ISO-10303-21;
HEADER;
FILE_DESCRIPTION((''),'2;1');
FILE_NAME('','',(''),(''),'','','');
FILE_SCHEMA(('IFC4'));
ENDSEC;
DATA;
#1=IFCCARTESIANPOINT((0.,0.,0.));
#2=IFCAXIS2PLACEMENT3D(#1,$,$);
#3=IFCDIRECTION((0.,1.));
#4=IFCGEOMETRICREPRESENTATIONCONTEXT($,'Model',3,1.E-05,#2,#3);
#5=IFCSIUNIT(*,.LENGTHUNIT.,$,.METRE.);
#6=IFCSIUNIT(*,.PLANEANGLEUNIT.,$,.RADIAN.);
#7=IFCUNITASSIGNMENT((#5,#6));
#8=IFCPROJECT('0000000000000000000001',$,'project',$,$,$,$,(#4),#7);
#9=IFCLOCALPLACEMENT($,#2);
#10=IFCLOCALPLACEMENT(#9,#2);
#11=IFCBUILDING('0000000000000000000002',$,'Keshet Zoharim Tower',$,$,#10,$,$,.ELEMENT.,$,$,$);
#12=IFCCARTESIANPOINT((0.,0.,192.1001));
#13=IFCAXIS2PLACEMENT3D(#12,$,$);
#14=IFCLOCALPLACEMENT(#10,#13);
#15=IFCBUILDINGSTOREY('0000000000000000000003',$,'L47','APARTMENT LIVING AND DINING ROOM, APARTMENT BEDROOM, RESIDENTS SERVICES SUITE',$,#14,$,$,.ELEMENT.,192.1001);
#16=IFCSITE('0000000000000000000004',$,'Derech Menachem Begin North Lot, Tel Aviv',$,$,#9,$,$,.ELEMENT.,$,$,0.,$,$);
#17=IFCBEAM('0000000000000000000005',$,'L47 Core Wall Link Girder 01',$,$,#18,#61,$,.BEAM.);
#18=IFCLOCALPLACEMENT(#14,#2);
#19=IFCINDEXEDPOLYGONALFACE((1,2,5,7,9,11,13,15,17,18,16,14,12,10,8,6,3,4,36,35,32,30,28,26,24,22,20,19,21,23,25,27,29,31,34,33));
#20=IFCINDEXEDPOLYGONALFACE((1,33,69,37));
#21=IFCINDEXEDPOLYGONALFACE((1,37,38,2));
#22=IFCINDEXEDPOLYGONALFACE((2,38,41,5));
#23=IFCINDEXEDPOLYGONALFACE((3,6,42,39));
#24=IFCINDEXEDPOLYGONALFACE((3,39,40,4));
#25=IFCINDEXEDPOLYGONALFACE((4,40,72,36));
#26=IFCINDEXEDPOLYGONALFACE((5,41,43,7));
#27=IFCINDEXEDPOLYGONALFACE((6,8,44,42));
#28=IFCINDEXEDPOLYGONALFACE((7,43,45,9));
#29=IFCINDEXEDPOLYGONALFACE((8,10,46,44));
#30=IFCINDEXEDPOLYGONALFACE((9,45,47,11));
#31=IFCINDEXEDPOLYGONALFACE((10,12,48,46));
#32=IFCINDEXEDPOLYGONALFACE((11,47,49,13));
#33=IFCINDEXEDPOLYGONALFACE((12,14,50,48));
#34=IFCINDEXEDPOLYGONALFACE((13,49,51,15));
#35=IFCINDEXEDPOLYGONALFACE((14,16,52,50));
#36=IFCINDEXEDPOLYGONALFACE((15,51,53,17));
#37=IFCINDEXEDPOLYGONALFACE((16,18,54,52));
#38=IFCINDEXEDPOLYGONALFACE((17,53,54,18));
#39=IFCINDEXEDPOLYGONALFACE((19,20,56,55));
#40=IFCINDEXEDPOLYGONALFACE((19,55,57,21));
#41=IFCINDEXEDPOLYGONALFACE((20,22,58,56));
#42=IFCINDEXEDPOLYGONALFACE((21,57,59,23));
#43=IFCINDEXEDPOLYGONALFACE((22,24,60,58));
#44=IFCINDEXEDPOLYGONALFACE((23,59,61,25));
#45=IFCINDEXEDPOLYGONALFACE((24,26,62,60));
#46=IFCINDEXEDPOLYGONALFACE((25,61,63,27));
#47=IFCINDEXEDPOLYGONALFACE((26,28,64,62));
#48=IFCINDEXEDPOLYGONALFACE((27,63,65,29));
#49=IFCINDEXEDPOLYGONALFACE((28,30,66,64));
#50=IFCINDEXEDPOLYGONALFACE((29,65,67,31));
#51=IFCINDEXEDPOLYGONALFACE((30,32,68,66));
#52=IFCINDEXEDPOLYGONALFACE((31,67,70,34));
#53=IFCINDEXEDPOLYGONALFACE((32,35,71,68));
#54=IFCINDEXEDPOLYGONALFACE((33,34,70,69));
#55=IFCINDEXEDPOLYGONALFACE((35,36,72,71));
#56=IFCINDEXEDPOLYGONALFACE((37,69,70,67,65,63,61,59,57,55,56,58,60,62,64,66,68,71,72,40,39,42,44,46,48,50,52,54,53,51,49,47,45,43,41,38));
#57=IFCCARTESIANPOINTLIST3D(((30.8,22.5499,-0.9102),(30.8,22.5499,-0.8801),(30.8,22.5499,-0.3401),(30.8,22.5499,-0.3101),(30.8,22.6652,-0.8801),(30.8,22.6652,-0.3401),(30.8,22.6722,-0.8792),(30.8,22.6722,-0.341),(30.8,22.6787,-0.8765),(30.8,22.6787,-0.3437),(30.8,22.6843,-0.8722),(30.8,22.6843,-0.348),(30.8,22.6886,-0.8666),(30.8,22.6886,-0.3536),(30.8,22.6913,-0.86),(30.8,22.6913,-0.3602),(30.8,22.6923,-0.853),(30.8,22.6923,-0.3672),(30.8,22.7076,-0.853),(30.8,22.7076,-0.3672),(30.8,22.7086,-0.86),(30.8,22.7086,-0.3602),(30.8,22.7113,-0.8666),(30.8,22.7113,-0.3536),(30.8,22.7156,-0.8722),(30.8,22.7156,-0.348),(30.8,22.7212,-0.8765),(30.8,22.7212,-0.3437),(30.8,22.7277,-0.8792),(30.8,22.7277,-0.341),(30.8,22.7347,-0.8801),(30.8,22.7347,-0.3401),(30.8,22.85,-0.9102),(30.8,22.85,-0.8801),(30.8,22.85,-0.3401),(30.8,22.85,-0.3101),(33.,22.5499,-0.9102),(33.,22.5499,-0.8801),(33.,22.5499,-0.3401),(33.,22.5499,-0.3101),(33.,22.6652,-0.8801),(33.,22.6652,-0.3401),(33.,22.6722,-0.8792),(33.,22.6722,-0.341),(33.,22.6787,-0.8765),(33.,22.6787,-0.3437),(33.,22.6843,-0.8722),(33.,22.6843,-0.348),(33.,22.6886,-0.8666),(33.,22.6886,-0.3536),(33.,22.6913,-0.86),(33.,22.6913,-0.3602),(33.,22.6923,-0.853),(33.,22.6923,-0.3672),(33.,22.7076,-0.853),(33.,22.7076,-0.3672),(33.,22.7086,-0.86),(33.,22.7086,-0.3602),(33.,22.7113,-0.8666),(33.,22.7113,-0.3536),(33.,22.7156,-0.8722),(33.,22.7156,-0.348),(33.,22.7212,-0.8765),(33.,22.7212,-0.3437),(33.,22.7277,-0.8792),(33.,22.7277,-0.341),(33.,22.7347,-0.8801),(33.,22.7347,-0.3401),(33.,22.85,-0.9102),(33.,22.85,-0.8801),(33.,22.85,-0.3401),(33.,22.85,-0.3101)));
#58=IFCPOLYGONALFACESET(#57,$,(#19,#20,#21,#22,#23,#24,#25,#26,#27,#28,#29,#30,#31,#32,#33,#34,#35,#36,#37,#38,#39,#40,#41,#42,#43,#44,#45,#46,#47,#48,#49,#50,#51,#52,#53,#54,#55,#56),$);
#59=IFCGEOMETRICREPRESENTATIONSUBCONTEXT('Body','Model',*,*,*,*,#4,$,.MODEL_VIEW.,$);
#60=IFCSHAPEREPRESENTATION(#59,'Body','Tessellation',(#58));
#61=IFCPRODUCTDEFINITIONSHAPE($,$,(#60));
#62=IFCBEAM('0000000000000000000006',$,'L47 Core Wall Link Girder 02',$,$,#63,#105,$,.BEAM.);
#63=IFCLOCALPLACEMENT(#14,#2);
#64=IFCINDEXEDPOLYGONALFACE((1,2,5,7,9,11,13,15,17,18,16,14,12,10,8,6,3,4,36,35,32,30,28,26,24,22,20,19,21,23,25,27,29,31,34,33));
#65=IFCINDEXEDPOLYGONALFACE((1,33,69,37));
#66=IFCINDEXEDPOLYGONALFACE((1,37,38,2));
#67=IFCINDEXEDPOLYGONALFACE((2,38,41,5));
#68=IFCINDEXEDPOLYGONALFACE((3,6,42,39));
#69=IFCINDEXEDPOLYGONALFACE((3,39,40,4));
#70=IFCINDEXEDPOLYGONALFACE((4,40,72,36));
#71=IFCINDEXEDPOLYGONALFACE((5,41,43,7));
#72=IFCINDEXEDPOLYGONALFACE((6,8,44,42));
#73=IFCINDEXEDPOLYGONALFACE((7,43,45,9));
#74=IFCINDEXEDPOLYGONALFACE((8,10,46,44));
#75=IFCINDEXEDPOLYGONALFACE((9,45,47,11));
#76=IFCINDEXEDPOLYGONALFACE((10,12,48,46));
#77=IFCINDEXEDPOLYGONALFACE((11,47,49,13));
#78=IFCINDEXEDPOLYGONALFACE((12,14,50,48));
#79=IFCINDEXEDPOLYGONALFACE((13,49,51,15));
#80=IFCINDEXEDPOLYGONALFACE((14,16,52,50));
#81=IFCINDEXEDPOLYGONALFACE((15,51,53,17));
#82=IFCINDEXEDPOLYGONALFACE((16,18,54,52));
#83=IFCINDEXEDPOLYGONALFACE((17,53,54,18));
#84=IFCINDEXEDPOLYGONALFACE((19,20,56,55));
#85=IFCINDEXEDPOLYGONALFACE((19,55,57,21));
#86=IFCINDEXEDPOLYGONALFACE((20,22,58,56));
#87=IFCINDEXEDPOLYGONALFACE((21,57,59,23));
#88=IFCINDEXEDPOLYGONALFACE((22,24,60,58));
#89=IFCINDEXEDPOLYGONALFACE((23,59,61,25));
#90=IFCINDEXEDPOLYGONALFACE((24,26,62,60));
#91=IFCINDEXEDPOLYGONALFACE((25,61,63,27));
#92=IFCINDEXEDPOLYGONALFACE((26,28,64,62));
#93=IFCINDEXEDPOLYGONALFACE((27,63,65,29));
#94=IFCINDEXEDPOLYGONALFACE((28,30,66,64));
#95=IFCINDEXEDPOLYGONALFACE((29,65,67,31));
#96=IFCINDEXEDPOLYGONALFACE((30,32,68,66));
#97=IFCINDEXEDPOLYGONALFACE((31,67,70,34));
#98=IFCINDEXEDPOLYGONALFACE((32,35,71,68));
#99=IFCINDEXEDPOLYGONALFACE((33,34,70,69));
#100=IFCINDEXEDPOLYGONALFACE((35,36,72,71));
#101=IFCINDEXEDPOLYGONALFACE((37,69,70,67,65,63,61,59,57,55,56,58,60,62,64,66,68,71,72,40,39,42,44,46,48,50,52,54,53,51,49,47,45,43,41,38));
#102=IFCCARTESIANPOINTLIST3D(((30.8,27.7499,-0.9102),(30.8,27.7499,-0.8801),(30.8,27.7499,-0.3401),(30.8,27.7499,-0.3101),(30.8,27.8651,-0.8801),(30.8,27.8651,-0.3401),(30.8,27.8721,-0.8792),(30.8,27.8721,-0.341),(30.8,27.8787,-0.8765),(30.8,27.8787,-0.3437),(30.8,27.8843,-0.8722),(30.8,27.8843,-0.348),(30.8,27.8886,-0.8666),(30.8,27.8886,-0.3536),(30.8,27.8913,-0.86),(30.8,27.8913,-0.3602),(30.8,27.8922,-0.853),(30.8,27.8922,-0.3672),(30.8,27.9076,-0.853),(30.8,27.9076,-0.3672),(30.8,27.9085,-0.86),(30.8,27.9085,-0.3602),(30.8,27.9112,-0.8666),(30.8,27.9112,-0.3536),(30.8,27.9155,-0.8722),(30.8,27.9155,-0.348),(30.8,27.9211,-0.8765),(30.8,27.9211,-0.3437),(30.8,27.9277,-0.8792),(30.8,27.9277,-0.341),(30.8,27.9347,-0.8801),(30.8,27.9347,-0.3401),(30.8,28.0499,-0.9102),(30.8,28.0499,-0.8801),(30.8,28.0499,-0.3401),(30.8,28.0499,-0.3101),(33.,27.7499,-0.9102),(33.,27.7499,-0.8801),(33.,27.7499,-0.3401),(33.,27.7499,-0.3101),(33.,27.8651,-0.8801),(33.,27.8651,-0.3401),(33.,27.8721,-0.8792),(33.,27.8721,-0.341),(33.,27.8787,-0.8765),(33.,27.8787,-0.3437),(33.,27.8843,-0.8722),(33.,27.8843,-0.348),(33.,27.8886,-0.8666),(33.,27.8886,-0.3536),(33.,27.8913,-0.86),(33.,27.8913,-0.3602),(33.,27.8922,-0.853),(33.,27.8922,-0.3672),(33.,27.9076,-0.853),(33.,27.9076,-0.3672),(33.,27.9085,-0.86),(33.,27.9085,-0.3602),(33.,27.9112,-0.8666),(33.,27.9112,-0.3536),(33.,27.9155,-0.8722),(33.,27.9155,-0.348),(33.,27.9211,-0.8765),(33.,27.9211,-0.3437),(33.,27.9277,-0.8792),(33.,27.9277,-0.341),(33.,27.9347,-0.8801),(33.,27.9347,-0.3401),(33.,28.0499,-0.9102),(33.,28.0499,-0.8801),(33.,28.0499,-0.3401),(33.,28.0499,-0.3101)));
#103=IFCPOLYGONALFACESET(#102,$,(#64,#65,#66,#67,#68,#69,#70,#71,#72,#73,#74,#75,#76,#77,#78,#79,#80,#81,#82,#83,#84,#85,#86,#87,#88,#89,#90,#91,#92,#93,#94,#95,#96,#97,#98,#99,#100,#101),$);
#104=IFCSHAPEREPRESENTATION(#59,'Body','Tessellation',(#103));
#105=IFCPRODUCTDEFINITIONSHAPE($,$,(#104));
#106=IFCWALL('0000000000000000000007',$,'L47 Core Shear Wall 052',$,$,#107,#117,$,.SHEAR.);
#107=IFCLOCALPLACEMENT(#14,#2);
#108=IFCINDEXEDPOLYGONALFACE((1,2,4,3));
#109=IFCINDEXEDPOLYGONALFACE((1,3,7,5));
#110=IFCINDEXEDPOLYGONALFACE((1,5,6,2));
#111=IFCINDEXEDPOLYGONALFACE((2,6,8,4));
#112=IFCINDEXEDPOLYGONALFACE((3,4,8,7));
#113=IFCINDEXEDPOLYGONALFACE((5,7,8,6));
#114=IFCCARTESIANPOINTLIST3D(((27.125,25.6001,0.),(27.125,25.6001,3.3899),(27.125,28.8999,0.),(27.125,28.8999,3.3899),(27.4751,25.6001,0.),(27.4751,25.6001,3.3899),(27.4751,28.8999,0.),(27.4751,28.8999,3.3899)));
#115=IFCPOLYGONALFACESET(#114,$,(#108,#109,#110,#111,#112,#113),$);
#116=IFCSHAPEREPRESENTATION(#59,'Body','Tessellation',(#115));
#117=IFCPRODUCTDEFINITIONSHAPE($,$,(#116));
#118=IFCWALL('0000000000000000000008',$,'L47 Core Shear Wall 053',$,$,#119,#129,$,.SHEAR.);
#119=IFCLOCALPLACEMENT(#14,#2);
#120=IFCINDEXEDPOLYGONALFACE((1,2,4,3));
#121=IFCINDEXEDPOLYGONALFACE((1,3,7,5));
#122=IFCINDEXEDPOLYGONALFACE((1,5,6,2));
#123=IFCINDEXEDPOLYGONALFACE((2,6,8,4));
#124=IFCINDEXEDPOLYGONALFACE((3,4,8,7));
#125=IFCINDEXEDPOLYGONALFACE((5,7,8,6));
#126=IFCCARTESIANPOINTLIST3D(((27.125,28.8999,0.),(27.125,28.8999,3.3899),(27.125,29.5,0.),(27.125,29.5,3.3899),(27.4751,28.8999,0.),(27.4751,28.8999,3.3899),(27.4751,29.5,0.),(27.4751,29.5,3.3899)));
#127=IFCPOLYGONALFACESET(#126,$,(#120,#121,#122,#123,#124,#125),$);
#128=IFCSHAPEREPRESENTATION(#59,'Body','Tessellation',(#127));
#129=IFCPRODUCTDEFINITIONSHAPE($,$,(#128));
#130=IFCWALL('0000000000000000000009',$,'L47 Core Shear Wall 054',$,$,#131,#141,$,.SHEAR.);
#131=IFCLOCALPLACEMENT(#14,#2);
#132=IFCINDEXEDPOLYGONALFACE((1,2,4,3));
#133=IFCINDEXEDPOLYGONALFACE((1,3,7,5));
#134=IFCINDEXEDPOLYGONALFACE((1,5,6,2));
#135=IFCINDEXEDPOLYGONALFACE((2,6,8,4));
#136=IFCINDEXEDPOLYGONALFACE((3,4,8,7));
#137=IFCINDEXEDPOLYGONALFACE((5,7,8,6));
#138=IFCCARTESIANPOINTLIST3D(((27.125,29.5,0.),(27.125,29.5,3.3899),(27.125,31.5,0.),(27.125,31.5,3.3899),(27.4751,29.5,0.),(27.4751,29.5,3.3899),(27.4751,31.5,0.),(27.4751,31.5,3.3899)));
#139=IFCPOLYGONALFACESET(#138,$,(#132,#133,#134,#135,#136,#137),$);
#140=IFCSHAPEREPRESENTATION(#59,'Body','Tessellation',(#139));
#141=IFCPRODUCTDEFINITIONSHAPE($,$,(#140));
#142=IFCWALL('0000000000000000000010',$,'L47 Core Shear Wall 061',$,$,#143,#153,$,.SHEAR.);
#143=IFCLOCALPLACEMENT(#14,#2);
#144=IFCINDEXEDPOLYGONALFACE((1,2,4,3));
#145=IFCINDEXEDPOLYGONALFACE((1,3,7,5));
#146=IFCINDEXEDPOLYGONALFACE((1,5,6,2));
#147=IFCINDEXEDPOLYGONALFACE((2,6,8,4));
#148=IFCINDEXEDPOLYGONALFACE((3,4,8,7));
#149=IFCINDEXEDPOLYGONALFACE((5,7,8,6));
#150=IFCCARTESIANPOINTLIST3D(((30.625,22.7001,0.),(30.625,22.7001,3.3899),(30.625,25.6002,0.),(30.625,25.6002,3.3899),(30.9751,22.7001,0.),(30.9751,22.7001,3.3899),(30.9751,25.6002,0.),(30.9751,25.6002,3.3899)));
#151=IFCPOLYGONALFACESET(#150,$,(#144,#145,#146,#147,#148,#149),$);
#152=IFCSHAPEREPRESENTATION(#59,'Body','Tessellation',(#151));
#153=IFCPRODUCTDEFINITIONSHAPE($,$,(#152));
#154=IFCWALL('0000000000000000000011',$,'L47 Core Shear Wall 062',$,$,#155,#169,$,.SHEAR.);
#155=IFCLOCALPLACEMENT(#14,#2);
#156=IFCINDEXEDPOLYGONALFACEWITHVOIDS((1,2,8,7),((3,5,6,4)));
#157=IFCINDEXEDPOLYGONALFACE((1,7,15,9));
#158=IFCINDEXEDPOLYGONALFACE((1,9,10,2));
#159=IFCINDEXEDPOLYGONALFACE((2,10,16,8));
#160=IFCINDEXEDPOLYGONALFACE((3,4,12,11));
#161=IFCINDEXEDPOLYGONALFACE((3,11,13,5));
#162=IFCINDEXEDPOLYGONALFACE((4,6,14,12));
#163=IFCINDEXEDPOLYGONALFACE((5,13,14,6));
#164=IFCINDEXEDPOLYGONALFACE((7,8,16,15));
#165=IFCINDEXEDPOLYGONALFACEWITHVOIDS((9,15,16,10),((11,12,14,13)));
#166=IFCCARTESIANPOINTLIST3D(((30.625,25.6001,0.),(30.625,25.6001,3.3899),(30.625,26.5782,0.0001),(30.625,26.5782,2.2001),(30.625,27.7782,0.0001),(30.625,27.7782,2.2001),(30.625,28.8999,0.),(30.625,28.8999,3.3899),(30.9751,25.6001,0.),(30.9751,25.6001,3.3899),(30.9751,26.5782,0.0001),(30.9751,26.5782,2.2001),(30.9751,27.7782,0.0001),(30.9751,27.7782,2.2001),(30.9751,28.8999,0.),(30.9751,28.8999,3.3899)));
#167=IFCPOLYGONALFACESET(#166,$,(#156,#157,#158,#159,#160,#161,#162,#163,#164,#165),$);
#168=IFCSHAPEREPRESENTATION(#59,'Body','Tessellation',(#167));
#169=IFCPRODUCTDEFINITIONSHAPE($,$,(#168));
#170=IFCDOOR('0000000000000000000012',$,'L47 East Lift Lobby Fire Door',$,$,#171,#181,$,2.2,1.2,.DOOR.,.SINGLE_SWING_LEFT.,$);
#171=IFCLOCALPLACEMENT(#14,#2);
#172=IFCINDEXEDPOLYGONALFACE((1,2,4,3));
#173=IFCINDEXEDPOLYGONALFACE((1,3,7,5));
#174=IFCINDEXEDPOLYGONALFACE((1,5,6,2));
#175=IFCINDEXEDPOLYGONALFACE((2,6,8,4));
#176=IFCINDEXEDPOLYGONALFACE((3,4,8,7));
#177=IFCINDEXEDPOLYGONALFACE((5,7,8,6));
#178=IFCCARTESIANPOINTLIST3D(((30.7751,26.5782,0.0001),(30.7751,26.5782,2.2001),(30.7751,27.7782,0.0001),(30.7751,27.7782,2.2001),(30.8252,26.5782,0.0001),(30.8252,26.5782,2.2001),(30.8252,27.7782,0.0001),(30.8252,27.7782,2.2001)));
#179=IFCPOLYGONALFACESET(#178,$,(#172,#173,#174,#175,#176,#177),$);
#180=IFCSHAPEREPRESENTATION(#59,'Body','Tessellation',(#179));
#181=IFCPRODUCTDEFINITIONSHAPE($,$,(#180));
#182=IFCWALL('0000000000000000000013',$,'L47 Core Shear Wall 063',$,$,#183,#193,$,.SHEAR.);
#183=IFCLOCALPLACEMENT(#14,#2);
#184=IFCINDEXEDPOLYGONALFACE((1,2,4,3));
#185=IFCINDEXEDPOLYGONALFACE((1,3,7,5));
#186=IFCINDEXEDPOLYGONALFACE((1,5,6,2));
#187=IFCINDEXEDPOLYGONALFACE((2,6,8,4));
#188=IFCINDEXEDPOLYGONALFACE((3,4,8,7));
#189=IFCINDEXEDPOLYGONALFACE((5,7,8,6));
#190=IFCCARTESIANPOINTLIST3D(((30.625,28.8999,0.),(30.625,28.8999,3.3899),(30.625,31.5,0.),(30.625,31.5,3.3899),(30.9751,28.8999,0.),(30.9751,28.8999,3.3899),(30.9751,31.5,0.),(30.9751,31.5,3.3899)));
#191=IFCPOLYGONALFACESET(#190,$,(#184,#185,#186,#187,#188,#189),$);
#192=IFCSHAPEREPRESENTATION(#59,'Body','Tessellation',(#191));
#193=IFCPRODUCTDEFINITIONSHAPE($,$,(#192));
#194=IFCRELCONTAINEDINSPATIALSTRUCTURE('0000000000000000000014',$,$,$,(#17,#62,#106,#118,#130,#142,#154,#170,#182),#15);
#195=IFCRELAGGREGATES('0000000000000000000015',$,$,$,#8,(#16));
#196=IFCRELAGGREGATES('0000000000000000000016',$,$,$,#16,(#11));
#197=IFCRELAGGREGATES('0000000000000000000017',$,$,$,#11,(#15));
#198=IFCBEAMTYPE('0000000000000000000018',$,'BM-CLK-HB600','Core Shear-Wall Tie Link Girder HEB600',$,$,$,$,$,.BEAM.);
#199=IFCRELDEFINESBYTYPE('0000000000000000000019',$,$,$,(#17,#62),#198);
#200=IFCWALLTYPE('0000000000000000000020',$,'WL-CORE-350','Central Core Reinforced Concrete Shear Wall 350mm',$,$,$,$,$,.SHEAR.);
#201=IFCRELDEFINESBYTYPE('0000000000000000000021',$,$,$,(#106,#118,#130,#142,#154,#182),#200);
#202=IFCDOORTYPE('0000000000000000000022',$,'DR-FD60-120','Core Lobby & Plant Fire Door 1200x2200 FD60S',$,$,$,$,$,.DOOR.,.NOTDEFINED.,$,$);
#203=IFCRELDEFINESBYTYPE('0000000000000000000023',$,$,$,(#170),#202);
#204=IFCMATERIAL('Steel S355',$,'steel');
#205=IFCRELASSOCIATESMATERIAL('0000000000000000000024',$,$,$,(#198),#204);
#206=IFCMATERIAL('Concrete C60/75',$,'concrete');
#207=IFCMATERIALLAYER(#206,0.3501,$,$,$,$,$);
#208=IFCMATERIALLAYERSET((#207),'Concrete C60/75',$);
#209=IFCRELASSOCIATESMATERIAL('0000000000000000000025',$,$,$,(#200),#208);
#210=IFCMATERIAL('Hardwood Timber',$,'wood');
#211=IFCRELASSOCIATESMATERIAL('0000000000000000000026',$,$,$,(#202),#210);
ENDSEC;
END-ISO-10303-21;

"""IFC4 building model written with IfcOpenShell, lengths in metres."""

from ifc_helpers import new_model, si_unit, direction, frame, frame_2d, origin, origin_2d, place, context, subcontext, project, spatial, rectangle, i_section, extrude, material, layer, layer_set, material_profile, profile_set, type_object, element, fill, save


model = new_model("IFC4")

# Units and contexts
model_context = context("Model", 3, precision=1e-05, world=origin(), true_north=direction((0.0, 1.0)))
body_context = subcontext(model_context, "Body", "Model", "MODEL_VIEW")
ifc_project = project(units=[si_unit("LENGTHUNIT", "METRE"), si_unit("PLANEANGLEUNIT", "RADIAN")], contexts=[model_context])

# Site, building, storey
site_placement = place(None, origin())
site = spatial("IfcSite", under=ifc_project, at=site_placement, Name="Derech Menachem Begin North Lot, Tel Aviv", CompositionType="ELEMENT", RefElevation=0.0)
building_placement = place(site_placement, origin())
building = spatial("IfcBuilding", under=site, at=building_placement, Name="Keshet Zoharim Tower", CompositionType="ELEMENT")
storey_placement = place(building_placement, frame((0.0, 0.0, 192.1001)))
storey = spatial("IfcBuildingStorey", under=building, at=storey_placement, Name="L47", Description="APARTMENT LIVING AND DINING ROOM, APARTMENT BEDROOM, RESIDENTS SERVICES SUITE", CompositionType="ELEMENT", Elevation=192.1001)

# Beams
ifc_material_1 = material(Name="Steel S355", Category="steel")
ifc_material_profile = material_profile(ifc_material_1, i_section(OverallWidth=0.3, OverallDepth=0.6001, WebThickness=0.0154, FlangeThickness=0.03, FilletRadius=0.0271, at=origin_2d()), Name="HEB600")
ifc_profile_set = profile_set([ifc_material_profile], Name="Steel S355")
beam_type = type_object("IfcBeamType", Name="BM-CLK-HB600", Description="Core Shear-Wall Tie Link Girder HEB600", PredefinedType="BEAM", material=ifc_profile_set)
for number, where, z_axis, x_axis, name in (
    (1, (30.8, 22.7, -0.6101), (1.0, 0.0, 0.0), (0.0, 1.0, 0.0), "L47 Core Wall Link Girder 01"),
    (2, (30.8, 27.8999, -0.6101), (1.0, 0.0, 0.0), (0.0, 1.0, 0.0), "L47 Core Wall Link Girder 02"),
):
    element("IfcBeam", number, at=place(storey_placement, frame(where, z_axis=z_axis, x_axis=x_axis)), inside=storey, type_object=beam_type, Name=name, PredefinedType="BEAM", context=body_context, shape_type="SweptSolid", body=[
        extrude(i_section(OverallWidth=0.3, OverallDepth=0.6001, WebThickness=0.0154, FlangeThickness=0.03, FilletRadius=0.0271, at=origin_2d()), origin(), (0.0, 0.0, 1.0), 2.2),
    ])

# Walls
ifc_material_2 = material(Name="Concrete C60/75", Category="concrete")
ifc_layer_1 = layer(ifc_material_2, 0.3501)
ifc_layer_set_1 = layer_set([ifc_layer_1], Name="Concrete C60/75")
wall_type_1 = type_object("IfcWallType", Name="WL-CORE-350", Description="Central Core Reinforced Concrete Shear Wall 350mm", PredefinedType="SHEAR", material=ifc_layer_set_1)
wall_1_placement = place(storey_placement, frame((27.3, 25.6001, 0.0), z_axis=(0.0, 0.0, 1.0), x_axis=(0.0, 1.0, 0.0)))
element("IfcWall", 3, at=wall_1_placement, inside=storey, type_object=wall_type_1, Name="L47 Core Shear Wall 052", PredefinedType="SHEAR", context=body_context, shape_type="SweptSolid", body=[
    extrude(rectangle(XDim=3.2998, YDim=0.3501, at=frame_2d((1.6499, 0.0))), origin(), (0.0, 0.0, 1.0), 3.3899),
])
wall_2_placement = place(storey_placement, frame((27.3, 28.8999, 0.0), z_axis=(0.0, 0.0, 1.0), x_axis=(0.0, 1.0, 0.0)))
element("IfcWall", 4, at=wall_2_placement, inside=storey, type_object=wall_type_1, Name="L47 Core Shear Wall 053", PredefinedType="SHEAR", context=body_context, shape_type="SweptSolid", body=[
    extrude(rectangle(XDim=0.6001, YDim=0.3501, at=frame_2d((0.3, 0.0))), origin(), (0.0, 0.0, 1.0), 3.3899),
])
wall_3_placement = place(storey_placement, frame((27.3, 29.5, 0.0), z_axis=(0.0, 0.0, 1.0), x_axis=(0.0, 1.0, 0.0)))
element("IfcWall", 5, at=wall_3_placement, inside=storey, type_object=wall_type_1, Name="L47 Core Shear Wall 054", PredefinedType="SHEAR", context=body_context, shape_type="SweptSolid", body=[
    extrude(rectangle(XDim=2.0, YDim=0.3501, at=frame_2d((1.0, 0.0))), origin(), (0.0, 0.0, 1.0), 3.3899),
])
wall_4_placement = place(storey_placement, frame((30.8, 22.7, 0.0), z_axis=(0.0, 0.0, 1.0), x_axis=(0.0, 1.0, 0.0)))
element("IfcWall", 6, at=wall_4_placement, inside=storey, type_object=wall_type_1, Name="L47 Core Shear Wall 061", PredefinedType="SHEAR", context=body_context, shape_type="SweptSolid", body=[
    extrude(rectangle(XDim=2.9001, YDim=0.3501, at=frame_2d((1.4502, 0.0))), origin(), (0.0, 0.0, 1.0), 3.3899),
])

# Wall, opening, door
wall_5_placement = place(storey_placement, frame((30.8, 25.6001, 0.0), z_axis=(0.0, 0.0, 1.0), x_axis=(0.0, 1.0, 0.0)))
wall_5 = element("IfcWall", 7, at=wall_5_placement, inside=storey, type_object=wall_type_1, Name="L47 Core Shear Wall 062", PredefinedType="SHEAR", context=body_context, shape_type="SweptSolid", body=[
    extrude(rectangle(XDim=3.2998, YDim=0.3501, at=frame_2d((1.6499, 0.0))), origin(), (0.0, 0.0, 1.0), 3.3899),
])
opening_1_placement = place(wall_5_placement, frame((0.978, 0.0, 0.0)))
opening_1 = element("IfcOpeningElement", 8, at=opening_1_placement, cuts=wall_5, PredefinedType="OPENING", context=body_context, shape_type="SweptSolid", body=[
    extrude(rectangle(XDim=1.2, YDim=2.2, at=frame_2d((0.6001, 1.1001))), frame((0.0, 0.1851, 0.0), z_axis=(0.0, -1.0, 0.0), x_axis=(1.0, 0.0, 0.0)), (0.0, 0.0, 1.0), 0.3701),
])
ifc_material_3 = material(Name="Hardwood Timber", Category="wood")
door_type_1 = type_object("IfcDoorType", Name="DR-FD60-120", Description="Core Lobby & Plant Fire Door 1200x2200 FD60S", OperationType="NOTDEFINED", PredefinedType="DOOR", material=ifc_material_3)
door_1_placement = place(opening_1_placement, origin())
door_1 = element("IfcDoor", 9, at=door_1_placement, inside=storey, type_object=door_type_1, Name="L47 East Lift Lobby Fire Door", OperationType="SINGLE_SWING_LEFT", OverallHeight=2.2, OverallWidth=1.2, PredefinedType="DOOR", context=body_context, shape_type="SweptSolid", body=[
    extrude(rectangle(XDim=1.2, YDim=2.2, at=frame_2d((0.6001, 1.1001))), frame((0.0, 0.0249, 0.0), z_axis=(0.0, -1.0, 0.0), x_axis=(1.0, 0.0, 0.0)), (0.0, 0.0, 1.0), 0.05),
])
fill(opening_1, door_1)

# Wall
wall_6_placement = place(storey_placement, frame((30.8, 28.8999, 0.0), z_axis=(0.0, 0.0, 1.0), x_axis=(0.0, 1.0, 0.0)))
element("IfcWall", 10, at=wall_6_placement, inside=storey, type_object=wall_type_1, Name="L47 Core Shear Wall 063", PredefinedType="SHEAR", context=body_context, shape_type="SweptSolid", body=[
    extrude(rectangle(XDim=2.6001, YDim=0.3501, at=frame_2d((1.3, 0.0))), origin(), (0.0, 0.0, 1.0), 3.3899),
])

save(model, "model.ifc")
